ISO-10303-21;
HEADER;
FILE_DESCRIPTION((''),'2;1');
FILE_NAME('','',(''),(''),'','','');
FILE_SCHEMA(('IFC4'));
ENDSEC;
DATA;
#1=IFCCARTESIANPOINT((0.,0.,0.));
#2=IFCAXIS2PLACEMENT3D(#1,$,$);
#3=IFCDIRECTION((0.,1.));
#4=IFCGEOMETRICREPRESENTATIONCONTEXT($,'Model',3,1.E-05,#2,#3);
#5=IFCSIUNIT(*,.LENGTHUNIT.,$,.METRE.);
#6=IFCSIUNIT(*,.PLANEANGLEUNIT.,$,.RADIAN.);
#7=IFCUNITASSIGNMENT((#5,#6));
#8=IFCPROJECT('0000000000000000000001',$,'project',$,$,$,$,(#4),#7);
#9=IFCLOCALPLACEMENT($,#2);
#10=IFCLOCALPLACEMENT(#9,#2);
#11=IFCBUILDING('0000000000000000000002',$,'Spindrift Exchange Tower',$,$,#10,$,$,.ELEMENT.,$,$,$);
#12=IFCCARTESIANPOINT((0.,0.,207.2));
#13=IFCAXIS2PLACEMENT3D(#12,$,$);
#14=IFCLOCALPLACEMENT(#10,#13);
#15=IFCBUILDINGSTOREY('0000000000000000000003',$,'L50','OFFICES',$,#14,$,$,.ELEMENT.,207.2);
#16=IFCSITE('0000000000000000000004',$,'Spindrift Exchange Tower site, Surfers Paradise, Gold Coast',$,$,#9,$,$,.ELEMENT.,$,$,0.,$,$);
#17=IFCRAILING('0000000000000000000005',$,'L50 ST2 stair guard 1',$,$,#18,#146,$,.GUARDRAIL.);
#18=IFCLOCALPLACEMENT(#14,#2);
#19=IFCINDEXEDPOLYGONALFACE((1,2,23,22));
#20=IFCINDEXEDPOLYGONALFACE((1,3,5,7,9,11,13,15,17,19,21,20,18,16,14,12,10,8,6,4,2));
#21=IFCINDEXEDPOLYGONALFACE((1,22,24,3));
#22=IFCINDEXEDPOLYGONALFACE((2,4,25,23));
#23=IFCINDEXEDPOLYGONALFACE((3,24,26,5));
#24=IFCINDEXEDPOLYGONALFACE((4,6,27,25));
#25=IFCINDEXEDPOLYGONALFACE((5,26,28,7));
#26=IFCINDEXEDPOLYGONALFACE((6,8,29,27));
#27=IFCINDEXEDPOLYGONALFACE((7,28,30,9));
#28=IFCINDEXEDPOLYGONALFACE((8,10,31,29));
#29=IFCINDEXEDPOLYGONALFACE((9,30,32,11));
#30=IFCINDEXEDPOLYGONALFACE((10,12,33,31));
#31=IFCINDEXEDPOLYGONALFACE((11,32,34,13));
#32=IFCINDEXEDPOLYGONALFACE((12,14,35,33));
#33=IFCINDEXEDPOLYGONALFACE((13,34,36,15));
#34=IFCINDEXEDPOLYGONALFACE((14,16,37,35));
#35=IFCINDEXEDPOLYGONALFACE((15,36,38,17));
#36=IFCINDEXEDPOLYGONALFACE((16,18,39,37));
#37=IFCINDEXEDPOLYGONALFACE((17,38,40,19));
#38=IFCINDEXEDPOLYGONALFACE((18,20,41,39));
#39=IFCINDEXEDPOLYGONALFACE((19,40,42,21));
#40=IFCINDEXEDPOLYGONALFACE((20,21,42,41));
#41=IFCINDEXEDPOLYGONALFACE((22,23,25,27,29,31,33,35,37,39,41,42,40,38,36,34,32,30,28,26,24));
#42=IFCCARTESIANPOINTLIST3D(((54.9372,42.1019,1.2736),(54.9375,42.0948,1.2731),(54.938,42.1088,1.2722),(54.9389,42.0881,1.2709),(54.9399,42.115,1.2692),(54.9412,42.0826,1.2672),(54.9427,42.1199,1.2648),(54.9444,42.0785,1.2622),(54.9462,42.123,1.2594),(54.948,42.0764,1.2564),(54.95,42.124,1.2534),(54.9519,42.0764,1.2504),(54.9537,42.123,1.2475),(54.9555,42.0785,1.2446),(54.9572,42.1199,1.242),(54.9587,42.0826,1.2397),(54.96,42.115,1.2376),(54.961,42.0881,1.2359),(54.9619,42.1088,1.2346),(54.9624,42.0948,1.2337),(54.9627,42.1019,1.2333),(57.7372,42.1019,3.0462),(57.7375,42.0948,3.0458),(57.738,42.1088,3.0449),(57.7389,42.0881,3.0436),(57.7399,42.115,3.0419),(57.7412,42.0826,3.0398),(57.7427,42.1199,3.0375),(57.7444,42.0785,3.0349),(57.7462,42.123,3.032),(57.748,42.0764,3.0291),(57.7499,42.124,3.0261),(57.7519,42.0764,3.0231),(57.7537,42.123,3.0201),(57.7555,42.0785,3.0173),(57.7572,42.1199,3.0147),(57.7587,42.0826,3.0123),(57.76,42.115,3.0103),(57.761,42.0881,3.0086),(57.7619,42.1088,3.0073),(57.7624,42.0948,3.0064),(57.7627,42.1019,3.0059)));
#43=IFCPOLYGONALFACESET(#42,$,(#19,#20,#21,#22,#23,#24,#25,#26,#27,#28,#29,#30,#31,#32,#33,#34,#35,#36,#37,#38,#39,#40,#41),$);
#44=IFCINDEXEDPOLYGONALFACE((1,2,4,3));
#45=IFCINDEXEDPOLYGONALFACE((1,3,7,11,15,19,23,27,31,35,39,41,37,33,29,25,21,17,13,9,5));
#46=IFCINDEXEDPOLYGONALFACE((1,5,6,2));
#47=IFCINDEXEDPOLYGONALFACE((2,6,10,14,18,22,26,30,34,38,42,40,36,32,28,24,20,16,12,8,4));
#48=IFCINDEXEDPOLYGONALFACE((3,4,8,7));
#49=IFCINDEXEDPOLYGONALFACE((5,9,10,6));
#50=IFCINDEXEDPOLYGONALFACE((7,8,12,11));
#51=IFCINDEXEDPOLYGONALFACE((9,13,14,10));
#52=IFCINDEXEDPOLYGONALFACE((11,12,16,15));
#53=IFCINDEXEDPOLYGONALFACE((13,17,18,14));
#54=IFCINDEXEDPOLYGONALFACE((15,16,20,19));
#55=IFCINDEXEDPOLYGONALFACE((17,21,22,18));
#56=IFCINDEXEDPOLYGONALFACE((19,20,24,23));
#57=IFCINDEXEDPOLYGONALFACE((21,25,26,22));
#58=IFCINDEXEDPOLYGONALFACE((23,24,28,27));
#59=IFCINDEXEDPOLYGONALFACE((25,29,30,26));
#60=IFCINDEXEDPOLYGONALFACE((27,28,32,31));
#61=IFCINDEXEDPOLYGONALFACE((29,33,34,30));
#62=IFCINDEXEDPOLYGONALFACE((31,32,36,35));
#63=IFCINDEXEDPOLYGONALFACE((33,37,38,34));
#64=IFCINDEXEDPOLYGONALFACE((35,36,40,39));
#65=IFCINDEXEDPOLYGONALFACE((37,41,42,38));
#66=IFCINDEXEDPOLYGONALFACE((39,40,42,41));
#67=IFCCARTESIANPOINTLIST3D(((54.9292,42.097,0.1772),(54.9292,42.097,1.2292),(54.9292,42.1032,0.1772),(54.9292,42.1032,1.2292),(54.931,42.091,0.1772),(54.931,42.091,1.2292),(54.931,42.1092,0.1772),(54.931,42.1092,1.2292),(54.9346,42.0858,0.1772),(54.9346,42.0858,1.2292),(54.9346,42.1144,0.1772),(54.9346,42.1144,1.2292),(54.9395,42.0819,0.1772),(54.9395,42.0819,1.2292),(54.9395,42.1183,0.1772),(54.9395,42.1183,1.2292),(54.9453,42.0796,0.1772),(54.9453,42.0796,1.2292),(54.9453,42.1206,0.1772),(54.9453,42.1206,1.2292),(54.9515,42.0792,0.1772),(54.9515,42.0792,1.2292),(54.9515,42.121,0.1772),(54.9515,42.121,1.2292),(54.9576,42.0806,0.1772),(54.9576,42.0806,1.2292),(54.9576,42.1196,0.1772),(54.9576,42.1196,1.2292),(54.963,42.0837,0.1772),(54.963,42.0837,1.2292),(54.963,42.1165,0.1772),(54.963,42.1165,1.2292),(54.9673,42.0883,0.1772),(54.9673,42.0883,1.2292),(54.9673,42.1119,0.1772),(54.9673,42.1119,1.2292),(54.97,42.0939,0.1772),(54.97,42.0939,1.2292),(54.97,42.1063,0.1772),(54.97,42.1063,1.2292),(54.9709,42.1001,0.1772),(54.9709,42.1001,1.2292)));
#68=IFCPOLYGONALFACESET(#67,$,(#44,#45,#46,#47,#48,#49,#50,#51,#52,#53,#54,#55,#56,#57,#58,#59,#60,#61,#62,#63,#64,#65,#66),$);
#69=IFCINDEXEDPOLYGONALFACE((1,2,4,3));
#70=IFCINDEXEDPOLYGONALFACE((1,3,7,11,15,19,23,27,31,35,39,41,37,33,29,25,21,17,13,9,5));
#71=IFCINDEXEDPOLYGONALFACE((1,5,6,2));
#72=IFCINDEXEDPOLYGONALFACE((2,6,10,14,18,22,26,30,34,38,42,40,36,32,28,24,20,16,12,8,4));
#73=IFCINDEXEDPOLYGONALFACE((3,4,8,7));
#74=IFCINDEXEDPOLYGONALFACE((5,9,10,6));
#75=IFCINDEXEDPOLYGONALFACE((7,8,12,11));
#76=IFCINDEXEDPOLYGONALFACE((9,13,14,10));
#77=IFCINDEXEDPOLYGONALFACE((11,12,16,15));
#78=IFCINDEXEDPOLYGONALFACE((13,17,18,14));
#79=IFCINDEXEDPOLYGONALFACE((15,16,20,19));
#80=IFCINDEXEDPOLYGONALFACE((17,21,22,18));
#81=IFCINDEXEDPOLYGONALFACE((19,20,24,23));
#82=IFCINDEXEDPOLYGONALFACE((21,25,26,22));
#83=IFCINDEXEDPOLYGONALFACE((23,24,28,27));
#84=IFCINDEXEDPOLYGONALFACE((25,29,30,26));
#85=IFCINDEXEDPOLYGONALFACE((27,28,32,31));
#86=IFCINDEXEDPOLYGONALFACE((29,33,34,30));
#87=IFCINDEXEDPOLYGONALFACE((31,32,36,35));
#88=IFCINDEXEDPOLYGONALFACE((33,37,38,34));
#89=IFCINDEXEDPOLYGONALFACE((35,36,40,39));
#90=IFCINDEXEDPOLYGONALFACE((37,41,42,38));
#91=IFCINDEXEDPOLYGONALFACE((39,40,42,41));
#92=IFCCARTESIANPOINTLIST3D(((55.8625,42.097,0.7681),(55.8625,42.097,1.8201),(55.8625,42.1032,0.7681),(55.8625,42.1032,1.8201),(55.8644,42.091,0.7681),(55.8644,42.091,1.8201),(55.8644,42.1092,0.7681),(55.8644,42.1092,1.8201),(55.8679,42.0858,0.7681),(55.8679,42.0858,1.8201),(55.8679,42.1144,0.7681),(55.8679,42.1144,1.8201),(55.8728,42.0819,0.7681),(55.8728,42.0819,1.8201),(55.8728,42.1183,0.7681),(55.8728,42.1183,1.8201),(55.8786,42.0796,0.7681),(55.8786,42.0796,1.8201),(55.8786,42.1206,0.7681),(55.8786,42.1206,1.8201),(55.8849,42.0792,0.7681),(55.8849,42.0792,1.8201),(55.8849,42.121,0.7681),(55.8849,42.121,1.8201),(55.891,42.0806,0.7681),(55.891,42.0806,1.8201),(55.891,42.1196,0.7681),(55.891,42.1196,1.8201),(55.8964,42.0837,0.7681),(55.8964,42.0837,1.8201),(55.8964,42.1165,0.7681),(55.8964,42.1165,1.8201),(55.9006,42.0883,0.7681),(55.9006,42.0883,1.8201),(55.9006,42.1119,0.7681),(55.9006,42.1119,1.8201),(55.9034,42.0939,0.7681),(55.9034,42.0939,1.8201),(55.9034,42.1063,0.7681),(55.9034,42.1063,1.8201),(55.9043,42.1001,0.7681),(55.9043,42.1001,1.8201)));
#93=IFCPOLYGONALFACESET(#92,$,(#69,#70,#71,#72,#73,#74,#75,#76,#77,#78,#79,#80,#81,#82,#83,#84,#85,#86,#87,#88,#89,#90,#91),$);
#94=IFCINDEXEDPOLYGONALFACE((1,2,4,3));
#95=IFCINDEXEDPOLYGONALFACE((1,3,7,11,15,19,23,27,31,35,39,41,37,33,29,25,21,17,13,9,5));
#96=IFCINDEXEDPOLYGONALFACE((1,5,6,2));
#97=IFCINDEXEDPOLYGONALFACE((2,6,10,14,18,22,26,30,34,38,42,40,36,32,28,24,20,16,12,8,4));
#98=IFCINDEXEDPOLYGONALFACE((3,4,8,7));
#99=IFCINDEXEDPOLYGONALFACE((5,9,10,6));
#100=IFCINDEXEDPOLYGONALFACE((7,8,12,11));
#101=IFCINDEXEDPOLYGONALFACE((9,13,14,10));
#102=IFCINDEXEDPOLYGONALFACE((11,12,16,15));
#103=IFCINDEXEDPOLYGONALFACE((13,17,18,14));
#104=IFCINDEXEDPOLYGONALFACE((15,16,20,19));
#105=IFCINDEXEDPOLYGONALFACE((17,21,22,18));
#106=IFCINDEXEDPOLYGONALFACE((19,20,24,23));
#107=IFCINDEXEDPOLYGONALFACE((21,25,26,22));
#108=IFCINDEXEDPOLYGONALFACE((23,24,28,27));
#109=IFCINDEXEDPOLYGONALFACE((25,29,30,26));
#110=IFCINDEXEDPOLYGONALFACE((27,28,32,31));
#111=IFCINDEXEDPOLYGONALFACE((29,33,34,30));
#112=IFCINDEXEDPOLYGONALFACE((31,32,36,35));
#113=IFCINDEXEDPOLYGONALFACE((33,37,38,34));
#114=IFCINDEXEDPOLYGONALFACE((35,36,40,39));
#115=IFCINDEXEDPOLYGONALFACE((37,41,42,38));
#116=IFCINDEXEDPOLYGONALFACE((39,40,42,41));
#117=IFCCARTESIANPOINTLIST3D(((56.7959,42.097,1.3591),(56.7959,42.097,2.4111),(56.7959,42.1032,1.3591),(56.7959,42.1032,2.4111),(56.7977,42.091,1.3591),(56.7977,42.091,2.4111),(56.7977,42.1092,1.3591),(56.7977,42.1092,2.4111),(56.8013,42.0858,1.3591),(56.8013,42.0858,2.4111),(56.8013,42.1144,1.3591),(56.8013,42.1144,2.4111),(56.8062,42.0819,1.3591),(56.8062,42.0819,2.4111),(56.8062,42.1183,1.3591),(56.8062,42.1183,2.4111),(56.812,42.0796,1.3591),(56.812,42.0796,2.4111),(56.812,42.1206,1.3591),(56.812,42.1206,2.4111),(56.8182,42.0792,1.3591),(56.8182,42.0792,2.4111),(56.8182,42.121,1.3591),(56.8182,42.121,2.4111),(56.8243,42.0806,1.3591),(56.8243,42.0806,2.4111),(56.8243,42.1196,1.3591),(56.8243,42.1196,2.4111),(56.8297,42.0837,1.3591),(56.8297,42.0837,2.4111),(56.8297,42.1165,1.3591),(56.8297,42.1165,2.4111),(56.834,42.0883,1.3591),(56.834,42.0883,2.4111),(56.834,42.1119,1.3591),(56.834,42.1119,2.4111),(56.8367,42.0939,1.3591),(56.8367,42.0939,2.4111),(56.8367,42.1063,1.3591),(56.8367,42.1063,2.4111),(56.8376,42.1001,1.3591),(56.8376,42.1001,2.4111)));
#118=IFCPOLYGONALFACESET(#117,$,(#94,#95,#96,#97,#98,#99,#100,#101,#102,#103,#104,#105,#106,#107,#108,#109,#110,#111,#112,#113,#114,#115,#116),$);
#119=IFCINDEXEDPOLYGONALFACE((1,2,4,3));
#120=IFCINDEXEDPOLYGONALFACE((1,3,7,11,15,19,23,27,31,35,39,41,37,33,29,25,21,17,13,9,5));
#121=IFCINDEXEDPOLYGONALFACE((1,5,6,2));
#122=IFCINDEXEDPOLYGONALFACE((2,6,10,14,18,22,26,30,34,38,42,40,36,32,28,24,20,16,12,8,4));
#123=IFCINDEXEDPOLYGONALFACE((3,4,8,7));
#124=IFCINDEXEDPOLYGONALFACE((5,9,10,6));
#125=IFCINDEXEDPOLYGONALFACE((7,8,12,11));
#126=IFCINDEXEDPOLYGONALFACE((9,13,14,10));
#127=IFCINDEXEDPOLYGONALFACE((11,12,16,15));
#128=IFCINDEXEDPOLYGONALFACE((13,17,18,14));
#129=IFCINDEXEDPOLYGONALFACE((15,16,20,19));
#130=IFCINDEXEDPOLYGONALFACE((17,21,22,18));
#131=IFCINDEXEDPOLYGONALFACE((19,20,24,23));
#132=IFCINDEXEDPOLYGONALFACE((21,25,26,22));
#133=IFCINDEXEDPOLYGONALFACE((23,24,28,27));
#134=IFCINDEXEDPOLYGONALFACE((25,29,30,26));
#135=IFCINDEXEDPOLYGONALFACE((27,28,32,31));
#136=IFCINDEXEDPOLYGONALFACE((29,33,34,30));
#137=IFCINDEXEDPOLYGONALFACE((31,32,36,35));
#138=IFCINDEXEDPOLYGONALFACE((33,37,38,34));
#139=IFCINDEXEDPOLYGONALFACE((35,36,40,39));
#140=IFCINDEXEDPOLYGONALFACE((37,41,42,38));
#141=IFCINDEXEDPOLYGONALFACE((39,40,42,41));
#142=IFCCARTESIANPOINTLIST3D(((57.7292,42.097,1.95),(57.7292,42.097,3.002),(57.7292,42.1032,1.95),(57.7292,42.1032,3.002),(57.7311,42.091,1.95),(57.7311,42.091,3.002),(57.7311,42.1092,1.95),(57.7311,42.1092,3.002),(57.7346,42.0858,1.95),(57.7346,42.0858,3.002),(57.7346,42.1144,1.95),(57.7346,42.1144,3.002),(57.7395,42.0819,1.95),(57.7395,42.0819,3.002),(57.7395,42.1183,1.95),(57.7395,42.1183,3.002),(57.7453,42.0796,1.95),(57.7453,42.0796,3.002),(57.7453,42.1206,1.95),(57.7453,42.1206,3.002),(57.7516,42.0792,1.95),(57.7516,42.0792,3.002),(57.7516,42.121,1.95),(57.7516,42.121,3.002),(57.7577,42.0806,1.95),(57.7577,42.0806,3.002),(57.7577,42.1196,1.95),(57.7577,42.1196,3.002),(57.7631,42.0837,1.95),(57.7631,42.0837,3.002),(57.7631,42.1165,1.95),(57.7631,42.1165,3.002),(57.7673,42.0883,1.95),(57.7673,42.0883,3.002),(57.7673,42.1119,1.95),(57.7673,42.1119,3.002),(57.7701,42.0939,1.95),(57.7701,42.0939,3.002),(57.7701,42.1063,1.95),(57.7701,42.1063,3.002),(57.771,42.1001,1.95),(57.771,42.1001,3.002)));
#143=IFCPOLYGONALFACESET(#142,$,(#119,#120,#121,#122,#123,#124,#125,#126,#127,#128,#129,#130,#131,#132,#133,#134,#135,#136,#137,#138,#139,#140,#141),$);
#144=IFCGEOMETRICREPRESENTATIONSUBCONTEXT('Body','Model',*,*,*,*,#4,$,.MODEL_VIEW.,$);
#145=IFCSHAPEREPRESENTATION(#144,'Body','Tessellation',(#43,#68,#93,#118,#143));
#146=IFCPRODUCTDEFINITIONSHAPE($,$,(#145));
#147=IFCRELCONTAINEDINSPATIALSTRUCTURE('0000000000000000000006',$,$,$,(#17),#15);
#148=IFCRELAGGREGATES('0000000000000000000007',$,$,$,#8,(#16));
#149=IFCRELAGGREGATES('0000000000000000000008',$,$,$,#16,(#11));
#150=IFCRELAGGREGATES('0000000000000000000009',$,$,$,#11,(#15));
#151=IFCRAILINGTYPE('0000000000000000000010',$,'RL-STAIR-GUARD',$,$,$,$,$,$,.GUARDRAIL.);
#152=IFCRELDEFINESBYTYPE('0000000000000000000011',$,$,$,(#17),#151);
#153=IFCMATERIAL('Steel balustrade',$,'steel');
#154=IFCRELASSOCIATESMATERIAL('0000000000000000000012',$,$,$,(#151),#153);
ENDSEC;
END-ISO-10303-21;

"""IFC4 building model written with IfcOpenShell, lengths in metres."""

from ifc_helpers import new_model, si_unit, direction, frame, origin, origin_2d, place, context, subcontext, project, spatial, circle, extrude, material, type_object, element, save


model = new_model("IFC4")

# Units and contexts
model_context = context("Model", 3, precision=1e-05, world=origin(), true_north=direction((0.0, 1.0)))
body_context = subcontext(model_context, "Body", "Model", "MODEL_VIEW")
ifc_project = project(units=[si_unit("LENGTHUNIT", "METRE"), si_unit("PLANEANGLEUNIT", "RADIAN")], contexts=[model_context])

# Site, building, storey
site_placement = place(None, origin())
site = spatial("IfcSite", under=ifc_project, at=site_placement, Name="Spindrift Exchange Tower site, Surfers Paradise, Gold Coast", CompositionType="ELEMENT", RefElevation=0.0)
building_placement = place(site_placement, origin())
building = spatial("IfcBuilding", under=site, at=building_placement, Name="Spindrift Exchange Tower", CompositionType="ELEMENT")
storey_placement = place(building_placement, frame((0.0, 0.0, 207.2)))
storey = spatial("IfcBuildingStorey", under=building, at=storey_placement, Name="L50", Description="OFFICES", CompositionType="ELEMENT", Elevation=207.2)

# Railing
ifc_material_1 = material(Name="Steel balustrade", Category="steel")
railing_type_1 = type_object("IfcRailingType", Name="RL-STAIR-GUARD", PredefinedType="GUARDRAIL", material=ifc_material_1)
railing_1_placement = place(storey_placement, frame((54.95, 42.1001, 0.1772)))
element("IfcRailing", 1, at=railing_1_placement, inside=storey, type_object=railing_type_1, Name="L50 ST2 stair guard 1", PredefinedType="GUARDRAIL", context=body_context, shape_type="SweptSolid", body=[
    extrude(circle(Radius=0.0239, at=origin_2d()), frame((0.0, 0.0, 1.0762), z_axis=(0.844909, 0.0, 0.53491), x_axis=(0.0, 1.0, 0.0)), (0.0, 0.0, 1.0), 3.314),
    extrude(circle(Radius=0.021, at=origin_2d()), origin(), (0.0, 0.0, 1.0), 1.052),
    extrude(circle(Radius=0.021, at=origin_2d()), frame((0.9333, 0.0, 0.5908)), (0.0, 0.0, 1.0), 1.052),
    extrude(circle(Radius=0.021, at=origin_2d()), frame((1.8667, 0.0, 1.1819)), (0.0, 0.0, 1.0), 1.052),
    extrude(circle(Radius=0.021, at=origin_2d()), frame((2.8, 0.0, 1.7727)), (0.0, 0.0, 1.0), 1.052),
])

save(model, "model.ifc")
